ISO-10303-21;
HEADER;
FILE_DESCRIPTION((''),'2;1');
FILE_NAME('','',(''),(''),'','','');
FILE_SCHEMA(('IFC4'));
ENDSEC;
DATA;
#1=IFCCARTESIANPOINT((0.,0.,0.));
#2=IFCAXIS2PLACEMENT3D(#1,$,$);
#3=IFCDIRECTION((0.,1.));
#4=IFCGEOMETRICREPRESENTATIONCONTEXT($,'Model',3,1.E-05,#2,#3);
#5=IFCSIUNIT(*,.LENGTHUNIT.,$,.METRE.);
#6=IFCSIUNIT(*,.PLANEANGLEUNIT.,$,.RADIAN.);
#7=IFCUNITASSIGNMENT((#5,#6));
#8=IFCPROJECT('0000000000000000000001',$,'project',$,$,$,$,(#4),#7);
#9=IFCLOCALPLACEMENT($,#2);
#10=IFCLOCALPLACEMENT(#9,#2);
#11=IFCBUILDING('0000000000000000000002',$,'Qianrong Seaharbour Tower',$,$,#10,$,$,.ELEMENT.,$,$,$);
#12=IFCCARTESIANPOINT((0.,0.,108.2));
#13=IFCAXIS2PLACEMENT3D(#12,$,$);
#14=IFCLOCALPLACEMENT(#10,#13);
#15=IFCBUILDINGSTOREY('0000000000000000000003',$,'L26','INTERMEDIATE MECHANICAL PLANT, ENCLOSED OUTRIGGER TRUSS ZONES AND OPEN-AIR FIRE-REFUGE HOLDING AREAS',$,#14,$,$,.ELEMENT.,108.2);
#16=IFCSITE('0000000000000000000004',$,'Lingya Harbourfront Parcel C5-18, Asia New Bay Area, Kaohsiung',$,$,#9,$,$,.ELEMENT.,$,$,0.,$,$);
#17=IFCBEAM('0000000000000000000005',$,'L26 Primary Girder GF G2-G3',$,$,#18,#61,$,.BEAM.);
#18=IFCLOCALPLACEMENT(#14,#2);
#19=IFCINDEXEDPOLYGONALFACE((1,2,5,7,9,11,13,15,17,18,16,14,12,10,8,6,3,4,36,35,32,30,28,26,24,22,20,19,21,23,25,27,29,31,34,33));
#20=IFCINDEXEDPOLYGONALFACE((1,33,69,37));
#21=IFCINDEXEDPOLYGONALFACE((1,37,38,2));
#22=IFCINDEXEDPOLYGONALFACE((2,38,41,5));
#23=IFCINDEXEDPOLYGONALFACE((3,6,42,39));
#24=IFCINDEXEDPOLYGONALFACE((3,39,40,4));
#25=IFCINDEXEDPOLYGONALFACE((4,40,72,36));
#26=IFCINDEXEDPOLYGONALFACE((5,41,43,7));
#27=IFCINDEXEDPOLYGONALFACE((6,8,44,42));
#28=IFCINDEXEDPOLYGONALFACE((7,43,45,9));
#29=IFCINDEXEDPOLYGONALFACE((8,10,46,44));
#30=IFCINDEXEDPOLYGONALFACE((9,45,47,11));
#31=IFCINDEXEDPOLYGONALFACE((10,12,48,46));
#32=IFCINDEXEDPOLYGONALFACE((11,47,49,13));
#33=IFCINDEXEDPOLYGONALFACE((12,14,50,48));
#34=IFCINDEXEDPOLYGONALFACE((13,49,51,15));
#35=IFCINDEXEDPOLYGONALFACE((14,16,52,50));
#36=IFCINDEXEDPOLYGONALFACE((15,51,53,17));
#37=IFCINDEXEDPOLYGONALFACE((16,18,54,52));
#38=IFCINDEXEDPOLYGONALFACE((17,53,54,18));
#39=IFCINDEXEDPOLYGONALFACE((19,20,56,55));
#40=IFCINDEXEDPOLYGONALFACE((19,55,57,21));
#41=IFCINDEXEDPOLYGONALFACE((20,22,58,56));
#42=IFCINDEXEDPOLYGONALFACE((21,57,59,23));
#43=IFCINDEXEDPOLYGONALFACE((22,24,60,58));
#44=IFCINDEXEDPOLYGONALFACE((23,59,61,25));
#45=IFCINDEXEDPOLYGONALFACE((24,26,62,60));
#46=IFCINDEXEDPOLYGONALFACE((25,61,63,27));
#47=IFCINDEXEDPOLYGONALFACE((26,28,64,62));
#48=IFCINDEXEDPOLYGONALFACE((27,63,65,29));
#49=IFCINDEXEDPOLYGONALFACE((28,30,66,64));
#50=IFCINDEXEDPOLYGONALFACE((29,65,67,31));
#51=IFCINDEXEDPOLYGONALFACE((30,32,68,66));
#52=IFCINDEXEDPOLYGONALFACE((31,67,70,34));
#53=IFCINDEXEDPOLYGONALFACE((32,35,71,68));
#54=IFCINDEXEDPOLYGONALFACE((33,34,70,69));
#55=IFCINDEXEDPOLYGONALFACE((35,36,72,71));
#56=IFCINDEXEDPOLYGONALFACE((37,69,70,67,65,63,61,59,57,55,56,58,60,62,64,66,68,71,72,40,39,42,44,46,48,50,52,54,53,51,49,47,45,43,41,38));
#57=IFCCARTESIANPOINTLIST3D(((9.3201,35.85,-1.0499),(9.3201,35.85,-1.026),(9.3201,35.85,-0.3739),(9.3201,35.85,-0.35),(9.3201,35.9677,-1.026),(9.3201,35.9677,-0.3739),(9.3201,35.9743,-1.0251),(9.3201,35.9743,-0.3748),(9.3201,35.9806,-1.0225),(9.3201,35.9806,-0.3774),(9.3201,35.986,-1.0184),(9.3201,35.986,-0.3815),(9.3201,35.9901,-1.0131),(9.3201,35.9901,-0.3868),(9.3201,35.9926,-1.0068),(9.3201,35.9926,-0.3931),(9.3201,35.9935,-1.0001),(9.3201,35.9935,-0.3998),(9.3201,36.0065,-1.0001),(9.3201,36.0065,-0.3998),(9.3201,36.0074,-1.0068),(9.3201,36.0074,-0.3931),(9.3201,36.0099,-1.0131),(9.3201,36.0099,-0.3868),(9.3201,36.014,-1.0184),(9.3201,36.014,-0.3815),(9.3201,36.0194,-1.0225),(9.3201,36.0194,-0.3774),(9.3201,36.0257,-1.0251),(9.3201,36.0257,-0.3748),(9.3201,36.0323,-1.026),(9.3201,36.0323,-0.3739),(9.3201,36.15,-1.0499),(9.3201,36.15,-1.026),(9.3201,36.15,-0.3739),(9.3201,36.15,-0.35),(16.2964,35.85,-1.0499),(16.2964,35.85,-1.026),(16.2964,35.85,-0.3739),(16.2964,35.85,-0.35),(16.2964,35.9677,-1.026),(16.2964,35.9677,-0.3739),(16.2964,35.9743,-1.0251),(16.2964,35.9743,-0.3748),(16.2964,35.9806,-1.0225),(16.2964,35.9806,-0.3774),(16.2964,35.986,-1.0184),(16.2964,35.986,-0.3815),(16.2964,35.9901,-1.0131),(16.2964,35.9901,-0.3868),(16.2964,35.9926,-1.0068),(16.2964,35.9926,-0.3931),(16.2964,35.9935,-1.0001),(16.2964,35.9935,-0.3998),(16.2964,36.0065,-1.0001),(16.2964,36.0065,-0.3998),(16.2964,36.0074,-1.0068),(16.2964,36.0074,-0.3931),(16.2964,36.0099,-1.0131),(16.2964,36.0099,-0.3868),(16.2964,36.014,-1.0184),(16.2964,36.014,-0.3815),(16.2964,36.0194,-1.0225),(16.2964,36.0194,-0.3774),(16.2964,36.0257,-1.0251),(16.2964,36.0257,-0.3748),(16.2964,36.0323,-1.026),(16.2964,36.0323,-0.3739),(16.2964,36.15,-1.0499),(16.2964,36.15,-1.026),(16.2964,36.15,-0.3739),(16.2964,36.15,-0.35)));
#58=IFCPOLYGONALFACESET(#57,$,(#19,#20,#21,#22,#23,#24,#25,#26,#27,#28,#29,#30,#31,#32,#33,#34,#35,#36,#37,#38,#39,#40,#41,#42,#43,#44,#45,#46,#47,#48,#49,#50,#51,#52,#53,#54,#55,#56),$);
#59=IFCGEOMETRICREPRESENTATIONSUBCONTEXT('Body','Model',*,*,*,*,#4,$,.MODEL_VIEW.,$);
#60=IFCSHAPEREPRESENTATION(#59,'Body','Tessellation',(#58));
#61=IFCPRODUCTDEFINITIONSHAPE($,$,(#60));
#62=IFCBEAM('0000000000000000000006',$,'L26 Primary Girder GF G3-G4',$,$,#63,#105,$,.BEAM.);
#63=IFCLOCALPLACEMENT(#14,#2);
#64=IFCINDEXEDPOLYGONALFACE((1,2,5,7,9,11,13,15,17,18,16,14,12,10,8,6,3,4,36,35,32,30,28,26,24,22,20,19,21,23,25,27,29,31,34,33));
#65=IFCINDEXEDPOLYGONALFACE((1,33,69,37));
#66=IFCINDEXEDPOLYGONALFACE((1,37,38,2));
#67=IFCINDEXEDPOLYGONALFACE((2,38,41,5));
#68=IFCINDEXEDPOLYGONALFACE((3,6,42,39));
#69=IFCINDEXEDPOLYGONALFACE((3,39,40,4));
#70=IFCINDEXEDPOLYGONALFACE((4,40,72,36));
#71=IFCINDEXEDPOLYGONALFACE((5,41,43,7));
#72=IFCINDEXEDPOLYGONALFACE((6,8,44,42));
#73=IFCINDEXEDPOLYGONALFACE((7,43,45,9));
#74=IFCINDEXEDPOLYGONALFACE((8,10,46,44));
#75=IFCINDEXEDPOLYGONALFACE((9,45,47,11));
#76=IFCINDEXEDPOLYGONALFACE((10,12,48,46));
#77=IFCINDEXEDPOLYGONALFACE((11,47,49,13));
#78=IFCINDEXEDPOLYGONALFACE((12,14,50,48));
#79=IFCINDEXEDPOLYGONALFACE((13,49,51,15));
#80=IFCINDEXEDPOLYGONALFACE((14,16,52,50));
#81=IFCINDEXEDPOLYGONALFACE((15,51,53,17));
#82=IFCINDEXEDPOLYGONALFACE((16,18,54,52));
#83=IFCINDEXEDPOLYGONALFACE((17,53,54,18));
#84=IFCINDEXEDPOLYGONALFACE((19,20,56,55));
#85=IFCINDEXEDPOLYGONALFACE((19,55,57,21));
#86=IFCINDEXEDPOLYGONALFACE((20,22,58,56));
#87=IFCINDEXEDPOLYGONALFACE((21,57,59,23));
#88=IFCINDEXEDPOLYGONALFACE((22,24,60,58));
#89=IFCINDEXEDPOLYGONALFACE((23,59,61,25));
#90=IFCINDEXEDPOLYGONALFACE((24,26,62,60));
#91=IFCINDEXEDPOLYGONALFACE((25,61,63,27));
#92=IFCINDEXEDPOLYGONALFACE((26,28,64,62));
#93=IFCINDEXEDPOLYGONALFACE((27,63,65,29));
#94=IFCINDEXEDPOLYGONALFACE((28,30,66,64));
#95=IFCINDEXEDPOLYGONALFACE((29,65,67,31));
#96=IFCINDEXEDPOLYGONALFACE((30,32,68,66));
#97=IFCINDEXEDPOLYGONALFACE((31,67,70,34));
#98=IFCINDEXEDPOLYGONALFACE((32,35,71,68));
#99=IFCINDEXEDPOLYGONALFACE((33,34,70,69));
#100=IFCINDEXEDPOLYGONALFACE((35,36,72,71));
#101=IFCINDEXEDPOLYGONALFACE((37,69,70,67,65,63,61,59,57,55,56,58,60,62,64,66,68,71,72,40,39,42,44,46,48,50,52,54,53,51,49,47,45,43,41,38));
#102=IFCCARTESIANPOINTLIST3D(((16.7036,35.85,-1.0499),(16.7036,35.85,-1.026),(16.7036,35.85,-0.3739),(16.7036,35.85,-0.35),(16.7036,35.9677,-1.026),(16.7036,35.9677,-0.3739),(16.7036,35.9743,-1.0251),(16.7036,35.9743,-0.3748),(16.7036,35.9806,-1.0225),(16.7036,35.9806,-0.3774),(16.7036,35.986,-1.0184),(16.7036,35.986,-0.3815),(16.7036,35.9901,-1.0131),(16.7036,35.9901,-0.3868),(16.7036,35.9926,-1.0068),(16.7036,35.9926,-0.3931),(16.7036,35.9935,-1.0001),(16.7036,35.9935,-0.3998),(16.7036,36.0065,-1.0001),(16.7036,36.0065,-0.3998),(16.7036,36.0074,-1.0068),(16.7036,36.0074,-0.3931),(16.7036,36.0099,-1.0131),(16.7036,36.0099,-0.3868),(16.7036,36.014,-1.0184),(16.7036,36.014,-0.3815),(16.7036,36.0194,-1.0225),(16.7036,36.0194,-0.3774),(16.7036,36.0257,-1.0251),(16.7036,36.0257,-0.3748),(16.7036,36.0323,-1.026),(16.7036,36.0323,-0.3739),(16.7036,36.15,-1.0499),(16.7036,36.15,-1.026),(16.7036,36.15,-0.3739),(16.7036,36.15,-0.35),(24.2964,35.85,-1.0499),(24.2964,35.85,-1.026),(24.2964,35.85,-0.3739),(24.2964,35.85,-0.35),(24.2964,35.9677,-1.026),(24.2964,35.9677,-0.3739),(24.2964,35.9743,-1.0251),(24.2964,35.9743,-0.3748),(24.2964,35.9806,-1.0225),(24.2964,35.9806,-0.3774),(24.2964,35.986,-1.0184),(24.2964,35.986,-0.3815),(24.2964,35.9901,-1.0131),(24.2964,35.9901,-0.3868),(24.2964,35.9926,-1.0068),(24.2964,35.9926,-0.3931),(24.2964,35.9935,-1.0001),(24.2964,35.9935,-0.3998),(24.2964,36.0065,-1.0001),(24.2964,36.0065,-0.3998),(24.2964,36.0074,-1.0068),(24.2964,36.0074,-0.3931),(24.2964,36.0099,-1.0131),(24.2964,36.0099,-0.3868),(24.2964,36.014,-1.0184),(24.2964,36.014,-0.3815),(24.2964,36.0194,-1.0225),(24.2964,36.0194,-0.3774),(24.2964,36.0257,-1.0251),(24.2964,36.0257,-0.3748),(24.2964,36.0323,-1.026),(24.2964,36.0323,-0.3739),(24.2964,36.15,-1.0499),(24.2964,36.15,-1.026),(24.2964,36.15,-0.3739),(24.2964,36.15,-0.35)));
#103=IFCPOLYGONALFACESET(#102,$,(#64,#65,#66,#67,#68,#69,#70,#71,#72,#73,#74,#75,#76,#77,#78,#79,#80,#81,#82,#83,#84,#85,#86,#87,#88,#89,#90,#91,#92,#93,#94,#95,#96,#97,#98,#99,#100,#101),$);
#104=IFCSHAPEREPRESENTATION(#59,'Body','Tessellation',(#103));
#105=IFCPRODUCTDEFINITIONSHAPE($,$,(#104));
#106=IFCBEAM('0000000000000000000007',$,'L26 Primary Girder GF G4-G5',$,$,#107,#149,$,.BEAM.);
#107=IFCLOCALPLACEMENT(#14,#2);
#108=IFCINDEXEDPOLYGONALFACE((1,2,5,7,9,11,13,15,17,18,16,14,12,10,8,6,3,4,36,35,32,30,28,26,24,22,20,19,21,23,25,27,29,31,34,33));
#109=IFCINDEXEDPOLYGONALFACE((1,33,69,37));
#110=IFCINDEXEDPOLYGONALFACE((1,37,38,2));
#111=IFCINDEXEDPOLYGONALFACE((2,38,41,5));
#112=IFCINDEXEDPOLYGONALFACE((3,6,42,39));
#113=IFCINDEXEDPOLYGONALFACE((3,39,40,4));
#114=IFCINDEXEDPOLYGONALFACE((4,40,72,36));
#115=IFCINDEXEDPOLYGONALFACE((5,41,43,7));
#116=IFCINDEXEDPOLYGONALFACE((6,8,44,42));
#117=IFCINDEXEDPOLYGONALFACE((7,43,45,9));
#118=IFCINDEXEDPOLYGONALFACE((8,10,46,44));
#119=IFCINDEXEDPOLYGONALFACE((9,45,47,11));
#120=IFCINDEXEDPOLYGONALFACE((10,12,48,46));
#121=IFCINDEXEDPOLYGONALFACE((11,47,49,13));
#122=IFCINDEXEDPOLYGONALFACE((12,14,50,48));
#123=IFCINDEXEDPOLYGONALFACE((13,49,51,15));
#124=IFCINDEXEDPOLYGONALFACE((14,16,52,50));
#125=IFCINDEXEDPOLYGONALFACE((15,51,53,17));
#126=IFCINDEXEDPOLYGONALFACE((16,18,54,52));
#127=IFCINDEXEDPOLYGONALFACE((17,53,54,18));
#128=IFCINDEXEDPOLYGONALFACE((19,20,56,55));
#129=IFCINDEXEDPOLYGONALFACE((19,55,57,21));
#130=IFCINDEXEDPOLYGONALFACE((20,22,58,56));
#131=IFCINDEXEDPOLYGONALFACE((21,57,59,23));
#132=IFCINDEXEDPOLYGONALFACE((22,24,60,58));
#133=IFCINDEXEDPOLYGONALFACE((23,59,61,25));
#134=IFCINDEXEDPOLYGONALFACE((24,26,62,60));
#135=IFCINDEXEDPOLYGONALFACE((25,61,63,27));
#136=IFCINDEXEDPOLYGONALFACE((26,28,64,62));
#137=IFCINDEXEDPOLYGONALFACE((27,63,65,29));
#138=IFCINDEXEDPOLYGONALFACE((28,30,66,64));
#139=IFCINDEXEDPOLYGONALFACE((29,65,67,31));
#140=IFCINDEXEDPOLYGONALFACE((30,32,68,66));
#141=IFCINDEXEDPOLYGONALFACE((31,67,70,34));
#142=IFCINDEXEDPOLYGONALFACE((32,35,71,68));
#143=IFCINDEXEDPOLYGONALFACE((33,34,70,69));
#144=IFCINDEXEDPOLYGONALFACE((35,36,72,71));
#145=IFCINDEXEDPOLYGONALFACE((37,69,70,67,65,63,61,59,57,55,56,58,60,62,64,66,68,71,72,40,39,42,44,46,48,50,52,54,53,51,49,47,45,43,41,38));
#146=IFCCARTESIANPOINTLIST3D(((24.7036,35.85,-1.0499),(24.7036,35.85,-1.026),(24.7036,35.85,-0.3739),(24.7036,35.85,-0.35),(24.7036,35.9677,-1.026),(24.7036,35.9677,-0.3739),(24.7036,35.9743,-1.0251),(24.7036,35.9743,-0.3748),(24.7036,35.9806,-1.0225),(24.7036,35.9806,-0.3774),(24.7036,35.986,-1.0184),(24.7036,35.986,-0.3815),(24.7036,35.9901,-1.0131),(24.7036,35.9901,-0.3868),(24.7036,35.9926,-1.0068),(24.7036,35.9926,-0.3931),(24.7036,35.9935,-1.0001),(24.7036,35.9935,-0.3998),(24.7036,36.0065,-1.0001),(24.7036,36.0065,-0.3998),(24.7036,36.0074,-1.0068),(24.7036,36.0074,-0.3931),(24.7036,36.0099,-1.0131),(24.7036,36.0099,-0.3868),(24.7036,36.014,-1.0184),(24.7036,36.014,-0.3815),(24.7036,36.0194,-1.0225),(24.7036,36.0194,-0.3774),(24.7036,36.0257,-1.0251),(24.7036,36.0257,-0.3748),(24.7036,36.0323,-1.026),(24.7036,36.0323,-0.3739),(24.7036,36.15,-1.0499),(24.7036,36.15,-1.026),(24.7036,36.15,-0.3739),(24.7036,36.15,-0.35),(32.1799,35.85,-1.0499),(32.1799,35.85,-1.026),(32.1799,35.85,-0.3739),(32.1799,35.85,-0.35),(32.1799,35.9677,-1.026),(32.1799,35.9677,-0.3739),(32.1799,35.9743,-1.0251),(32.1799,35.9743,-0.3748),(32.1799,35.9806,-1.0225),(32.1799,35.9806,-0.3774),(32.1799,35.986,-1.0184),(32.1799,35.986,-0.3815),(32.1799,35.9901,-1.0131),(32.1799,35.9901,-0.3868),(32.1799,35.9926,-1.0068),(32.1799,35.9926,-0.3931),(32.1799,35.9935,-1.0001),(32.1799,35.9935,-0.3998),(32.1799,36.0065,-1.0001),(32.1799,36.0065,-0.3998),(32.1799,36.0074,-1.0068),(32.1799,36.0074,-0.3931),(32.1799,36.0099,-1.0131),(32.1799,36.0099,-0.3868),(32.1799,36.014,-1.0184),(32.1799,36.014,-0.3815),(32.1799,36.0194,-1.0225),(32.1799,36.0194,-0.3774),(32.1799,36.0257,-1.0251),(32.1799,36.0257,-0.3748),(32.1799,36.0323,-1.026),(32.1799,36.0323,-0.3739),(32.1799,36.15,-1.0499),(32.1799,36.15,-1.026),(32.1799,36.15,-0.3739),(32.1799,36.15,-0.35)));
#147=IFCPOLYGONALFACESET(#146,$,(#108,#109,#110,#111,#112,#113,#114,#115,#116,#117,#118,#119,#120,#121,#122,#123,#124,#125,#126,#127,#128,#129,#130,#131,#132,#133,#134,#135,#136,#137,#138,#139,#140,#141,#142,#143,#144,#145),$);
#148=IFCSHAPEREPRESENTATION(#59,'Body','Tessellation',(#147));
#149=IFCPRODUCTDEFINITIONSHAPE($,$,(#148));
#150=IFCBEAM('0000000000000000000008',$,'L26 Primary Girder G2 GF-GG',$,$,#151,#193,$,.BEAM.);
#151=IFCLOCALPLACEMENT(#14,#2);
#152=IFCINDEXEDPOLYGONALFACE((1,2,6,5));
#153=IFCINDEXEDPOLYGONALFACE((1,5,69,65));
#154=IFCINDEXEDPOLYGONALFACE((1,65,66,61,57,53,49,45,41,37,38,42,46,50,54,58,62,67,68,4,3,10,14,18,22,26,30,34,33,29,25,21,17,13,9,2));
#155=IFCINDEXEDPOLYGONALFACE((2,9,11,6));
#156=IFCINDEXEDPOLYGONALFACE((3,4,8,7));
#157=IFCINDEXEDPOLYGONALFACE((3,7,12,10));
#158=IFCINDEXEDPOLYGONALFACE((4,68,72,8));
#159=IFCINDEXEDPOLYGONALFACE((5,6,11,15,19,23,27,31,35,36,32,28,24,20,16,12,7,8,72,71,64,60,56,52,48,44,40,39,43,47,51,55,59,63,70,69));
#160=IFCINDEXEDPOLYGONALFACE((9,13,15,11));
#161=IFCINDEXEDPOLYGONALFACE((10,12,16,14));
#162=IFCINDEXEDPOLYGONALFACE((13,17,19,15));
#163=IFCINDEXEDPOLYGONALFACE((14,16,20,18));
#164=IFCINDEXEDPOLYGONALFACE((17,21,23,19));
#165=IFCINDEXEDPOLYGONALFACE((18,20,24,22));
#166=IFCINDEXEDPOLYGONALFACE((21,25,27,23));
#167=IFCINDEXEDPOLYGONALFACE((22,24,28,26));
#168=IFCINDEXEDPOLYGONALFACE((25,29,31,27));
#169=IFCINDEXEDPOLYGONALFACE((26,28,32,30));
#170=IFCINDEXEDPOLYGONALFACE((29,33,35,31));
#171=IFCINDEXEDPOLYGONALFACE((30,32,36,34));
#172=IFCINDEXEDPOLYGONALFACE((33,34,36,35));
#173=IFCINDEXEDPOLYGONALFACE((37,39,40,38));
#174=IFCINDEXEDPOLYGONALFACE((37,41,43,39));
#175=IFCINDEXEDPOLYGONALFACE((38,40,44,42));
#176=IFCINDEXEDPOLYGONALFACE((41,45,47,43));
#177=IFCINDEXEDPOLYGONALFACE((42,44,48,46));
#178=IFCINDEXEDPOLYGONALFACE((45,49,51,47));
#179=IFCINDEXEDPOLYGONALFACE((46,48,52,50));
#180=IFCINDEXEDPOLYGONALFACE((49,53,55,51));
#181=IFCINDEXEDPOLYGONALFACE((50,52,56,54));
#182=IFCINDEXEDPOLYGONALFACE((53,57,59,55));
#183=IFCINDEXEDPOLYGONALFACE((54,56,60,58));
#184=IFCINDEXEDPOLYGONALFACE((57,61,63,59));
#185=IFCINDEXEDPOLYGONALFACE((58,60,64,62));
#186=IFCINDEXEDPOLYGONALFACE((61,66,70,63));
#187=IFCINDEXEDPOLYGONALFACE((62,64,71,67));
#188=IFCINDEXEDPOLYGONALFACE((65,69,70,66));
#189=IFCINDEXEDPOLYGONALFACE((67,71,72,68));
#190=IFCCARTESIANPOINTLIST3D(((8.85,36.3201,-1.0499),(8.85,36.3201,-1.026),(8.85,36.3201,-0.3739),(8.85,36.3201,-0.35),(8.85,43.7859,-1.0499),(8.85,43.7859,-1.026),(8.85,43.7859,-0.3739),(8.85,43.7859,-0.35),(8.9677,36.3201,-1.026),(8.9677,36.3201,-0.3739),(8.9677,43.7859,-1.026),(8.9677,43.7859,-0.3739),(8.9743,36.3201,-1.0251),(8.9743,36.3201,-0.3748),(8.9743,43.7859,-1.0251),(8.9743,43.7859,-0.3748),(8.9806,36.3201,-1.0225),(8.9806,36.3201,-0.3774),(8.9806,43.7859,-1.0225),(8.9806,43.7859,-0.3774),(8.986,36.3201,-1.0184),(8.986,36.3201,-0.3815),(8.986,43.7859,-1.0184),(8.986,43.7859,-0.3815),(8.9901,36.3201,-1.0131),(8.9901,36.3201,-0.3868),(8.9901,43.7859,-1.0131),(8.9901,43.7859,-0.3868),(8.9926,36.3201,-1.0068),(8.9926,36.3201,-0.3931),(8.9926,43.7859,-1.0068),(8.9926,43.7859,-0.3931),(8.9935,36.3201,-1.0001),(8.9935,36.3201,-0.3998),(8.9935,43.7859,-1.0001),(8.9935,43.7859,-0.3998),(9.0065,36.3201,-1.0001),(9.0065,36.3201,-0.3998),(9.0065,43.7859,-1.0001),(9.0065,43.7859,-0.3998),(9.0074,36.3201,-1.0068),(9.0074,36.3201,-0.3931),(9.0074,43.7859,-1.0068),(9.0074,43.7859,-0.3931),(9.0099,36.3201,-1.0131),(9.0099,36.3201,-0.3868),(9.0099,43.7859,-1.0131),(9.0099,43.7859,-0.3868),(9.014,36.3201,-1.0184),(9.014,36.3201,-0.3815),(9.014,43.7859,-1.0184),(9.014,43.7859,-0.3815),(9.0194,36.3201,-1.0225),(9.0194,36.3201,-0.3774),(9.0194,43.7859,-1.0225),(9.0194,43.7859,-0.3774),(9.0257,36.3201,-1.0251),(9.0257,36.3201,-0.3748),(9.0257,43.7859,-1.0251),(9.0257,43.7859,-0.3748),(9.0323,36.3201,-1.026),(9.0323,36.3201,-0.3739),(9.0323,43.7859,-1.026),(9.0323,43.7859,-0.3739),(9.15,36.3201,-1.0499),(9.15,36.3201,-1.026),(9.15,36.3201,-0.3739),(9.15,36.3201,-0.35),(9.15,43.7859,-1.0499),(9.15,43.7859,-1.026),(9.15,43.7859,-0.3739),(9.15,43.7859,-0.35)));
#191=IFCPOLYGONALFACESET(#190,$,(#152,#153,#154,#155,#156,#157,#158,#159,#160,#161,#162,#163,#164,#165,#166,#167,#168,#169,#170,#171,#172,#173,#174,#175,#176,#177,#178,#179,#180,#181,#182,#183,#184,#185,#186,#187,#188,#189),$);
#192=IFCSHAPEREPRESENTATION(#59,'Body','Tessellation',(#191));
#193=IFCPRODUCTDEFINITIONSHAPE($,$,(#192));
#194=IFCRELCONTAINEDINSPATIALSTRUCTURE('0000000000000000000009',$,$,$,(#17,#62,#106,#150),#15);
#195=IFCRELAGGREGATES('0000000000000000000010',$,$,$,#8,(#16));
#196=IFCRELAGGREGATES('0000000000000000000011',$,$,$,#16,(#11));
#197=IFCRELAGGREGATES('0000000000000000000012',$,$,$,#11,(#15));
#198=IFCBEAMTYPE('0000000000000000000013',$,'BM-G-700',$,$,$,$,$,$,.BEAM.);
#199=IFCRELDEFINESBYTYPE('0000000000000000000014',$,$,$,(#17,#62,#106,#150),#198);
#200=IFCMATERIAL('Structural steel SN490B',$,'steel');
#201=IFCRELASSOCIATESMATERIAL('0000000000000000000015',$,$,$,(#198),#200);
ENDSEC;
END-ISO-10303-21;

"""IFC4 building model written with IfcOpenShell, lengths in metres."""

from ifc_helpers import new_model, si_unit, direction, frame, origin, origin_2d, place, context, subcontext, project, spatial, i_section, extrude, material, material_profile, profile_set, type_object, element, save


model = new_model("IFC4")

# Units and contexts
model_context = context("Model", 3, precision=1e-05, world=origin(), true_north=direction((0.0, 1.0)))
body_context = subcontext(model_context, "Body", "Model", "MODEL_VIEW")
ifc_project = project(units=[si_unit("LENGTHUNIT", "METRE"), si_unit("PLANEANGLEUNIT", "RADIAN")], contexts=[model_context])

# Site, building, storey
site_placement = place(None, origin())
site = spatial("IfcSite", under=ifc_project, at=site_placement, Name="Lingya Harbourfront Parcel C5-18, Asia New Bay Area, Kaohsiung", CompositionType="ELEMENT", RefElevation=0.0)
building_placement = place(site_placement, origin())
building = spatial("IfcBuilding", under=site, at=building_placement, Name="Qianrong Seaharbour Tower", CompositionType="ELEMENT")
storey_placement = place(building_placement, frame((0.0, 0.0, 108.2)))
storey = spatial("IfcBuildingStorey", under=building, at=storey_placement, Name="L26", Description="INTERMEDIATE MECHANICAL PLANT, ENCLOSED OUTRIGGER TRUSS ZONES AND OPEN-AIR FIRE-REFUGE HOLDING AREAS", CompositionType="ELEMENT", Elevation=108.2)

# Shared definitions
ifc_material_1 = material(Name="Structural steel SN490B", Category="steel")

# Beams
ifc_material_profile_1 = material_profile(ifc_material_1, i_section(OverallWidth=0.3, OverallDepth=0.7, WebThickness=0.0129, FlangeThickness=0.0239, FilletRadius=0.0259, at=origin_2d()), Name="H700x300x13x24")
ifc_profile_set_1 = profile_set([ifc_material_profile_1], Name="Structural steel SN490B")
beam_type_1 = type_object("IfcBeamType", Name="BM-G-700", PredefinedType="BEAM", material=ifc_profile_set_1)
beam_1_placement = place(storey_placement, frame((9.3201, 36.0, -0.7), z_axis=(1.0, 0.0, 0.0), x_axis=(0.0, 1.0, 0.0)))
element("IfcBeam", 1, at=beam_1_placement, inside=storey, type_object=beam_type_1, Name="L26 Primary Girder GF G2-G3", PredefinedType="BEAM", context=body_context, shape_type="SweptSolid", body=[
    extrude(i_section(OverallWidth=0.3, OverallDepth=0.7, WebThickness=0.0129, FlangeThickness=0.0239, FilletRadius=0.0259, at=origin_2d()), origin(), (0.0, 0.0, 1.0), 6.9763),
])
beam_2_placement = place(storey_placement, frame((16.7036, 36.0, -0.7), z_axis=(1.0, 0.0, 0.0), x_axis=(0.0, 1.0, 0.0)))
element("IfcBeam", 2, at=beam_2_placement, inside=storey, type_object=beam_type_1, Name="L26 Primary Girder GF G3-G4", PredefinedType="BEAM", context=body_context, shape_type="SweptSolid", body=[
    extrude(i_section(OverallWidth=0.3, OverallDepth=0.7, WebThickness=0.0129, FlangeThickness=0.0239, FilletRadius=0.0259, at=origin_2d()), origin(), (0.0, 0.0, 1.0), 7.5928),
])
beam_3_placement = place(storey_placement, frame((24.7036, 36.0, -0.7), z_axis=(1.0, 0.0, 0.0), x_axis=(0.0, 1.0, 0.0)))
element("IfcBeam", 3, at=beam_3_placement, inside=storey, type_object=beam_type_1, Name="L26 Primary Girder GF G4-G5", PredefinedType="BEAM", context=body_context, shape_type="SweptSolid", body=[
    extrude(i_section(OverallWidth=0.3, OverallDepth=0.7, WebThickness=0.0129, FlangeThickness=0.0239, FilletRadius=0.0259, at=origin_2d()), origin(), (0.0, 0.0, 1.0), 7.4763),
])
beam_4_placement = place(storey_placement, frame((9.0, 36.3201, -0.7), z_axis=(0.0, 1.0, 0.0), x_axis=(-1.0, 0.0, 0.0)))
element("IfcBeam", 4, at=beam_4_placement, inside=storey, type_object=beam_type_1, Name="L26 Primary Girder G2 GF-GG", PredefinedType="BEAM", context=body_context, shape_type="SweptSolid", body=[
    extrude(i_section(OverallWidth=0.3, OverallDepth=0.7, WebThickness=0.0129, FlangeThickness=0.0239, FilletRadius=0.0259, at=origin_2d()), origin(), (0.0, 0.0, 1.0), 7.4658),
])

save(model, "model.ifc")
